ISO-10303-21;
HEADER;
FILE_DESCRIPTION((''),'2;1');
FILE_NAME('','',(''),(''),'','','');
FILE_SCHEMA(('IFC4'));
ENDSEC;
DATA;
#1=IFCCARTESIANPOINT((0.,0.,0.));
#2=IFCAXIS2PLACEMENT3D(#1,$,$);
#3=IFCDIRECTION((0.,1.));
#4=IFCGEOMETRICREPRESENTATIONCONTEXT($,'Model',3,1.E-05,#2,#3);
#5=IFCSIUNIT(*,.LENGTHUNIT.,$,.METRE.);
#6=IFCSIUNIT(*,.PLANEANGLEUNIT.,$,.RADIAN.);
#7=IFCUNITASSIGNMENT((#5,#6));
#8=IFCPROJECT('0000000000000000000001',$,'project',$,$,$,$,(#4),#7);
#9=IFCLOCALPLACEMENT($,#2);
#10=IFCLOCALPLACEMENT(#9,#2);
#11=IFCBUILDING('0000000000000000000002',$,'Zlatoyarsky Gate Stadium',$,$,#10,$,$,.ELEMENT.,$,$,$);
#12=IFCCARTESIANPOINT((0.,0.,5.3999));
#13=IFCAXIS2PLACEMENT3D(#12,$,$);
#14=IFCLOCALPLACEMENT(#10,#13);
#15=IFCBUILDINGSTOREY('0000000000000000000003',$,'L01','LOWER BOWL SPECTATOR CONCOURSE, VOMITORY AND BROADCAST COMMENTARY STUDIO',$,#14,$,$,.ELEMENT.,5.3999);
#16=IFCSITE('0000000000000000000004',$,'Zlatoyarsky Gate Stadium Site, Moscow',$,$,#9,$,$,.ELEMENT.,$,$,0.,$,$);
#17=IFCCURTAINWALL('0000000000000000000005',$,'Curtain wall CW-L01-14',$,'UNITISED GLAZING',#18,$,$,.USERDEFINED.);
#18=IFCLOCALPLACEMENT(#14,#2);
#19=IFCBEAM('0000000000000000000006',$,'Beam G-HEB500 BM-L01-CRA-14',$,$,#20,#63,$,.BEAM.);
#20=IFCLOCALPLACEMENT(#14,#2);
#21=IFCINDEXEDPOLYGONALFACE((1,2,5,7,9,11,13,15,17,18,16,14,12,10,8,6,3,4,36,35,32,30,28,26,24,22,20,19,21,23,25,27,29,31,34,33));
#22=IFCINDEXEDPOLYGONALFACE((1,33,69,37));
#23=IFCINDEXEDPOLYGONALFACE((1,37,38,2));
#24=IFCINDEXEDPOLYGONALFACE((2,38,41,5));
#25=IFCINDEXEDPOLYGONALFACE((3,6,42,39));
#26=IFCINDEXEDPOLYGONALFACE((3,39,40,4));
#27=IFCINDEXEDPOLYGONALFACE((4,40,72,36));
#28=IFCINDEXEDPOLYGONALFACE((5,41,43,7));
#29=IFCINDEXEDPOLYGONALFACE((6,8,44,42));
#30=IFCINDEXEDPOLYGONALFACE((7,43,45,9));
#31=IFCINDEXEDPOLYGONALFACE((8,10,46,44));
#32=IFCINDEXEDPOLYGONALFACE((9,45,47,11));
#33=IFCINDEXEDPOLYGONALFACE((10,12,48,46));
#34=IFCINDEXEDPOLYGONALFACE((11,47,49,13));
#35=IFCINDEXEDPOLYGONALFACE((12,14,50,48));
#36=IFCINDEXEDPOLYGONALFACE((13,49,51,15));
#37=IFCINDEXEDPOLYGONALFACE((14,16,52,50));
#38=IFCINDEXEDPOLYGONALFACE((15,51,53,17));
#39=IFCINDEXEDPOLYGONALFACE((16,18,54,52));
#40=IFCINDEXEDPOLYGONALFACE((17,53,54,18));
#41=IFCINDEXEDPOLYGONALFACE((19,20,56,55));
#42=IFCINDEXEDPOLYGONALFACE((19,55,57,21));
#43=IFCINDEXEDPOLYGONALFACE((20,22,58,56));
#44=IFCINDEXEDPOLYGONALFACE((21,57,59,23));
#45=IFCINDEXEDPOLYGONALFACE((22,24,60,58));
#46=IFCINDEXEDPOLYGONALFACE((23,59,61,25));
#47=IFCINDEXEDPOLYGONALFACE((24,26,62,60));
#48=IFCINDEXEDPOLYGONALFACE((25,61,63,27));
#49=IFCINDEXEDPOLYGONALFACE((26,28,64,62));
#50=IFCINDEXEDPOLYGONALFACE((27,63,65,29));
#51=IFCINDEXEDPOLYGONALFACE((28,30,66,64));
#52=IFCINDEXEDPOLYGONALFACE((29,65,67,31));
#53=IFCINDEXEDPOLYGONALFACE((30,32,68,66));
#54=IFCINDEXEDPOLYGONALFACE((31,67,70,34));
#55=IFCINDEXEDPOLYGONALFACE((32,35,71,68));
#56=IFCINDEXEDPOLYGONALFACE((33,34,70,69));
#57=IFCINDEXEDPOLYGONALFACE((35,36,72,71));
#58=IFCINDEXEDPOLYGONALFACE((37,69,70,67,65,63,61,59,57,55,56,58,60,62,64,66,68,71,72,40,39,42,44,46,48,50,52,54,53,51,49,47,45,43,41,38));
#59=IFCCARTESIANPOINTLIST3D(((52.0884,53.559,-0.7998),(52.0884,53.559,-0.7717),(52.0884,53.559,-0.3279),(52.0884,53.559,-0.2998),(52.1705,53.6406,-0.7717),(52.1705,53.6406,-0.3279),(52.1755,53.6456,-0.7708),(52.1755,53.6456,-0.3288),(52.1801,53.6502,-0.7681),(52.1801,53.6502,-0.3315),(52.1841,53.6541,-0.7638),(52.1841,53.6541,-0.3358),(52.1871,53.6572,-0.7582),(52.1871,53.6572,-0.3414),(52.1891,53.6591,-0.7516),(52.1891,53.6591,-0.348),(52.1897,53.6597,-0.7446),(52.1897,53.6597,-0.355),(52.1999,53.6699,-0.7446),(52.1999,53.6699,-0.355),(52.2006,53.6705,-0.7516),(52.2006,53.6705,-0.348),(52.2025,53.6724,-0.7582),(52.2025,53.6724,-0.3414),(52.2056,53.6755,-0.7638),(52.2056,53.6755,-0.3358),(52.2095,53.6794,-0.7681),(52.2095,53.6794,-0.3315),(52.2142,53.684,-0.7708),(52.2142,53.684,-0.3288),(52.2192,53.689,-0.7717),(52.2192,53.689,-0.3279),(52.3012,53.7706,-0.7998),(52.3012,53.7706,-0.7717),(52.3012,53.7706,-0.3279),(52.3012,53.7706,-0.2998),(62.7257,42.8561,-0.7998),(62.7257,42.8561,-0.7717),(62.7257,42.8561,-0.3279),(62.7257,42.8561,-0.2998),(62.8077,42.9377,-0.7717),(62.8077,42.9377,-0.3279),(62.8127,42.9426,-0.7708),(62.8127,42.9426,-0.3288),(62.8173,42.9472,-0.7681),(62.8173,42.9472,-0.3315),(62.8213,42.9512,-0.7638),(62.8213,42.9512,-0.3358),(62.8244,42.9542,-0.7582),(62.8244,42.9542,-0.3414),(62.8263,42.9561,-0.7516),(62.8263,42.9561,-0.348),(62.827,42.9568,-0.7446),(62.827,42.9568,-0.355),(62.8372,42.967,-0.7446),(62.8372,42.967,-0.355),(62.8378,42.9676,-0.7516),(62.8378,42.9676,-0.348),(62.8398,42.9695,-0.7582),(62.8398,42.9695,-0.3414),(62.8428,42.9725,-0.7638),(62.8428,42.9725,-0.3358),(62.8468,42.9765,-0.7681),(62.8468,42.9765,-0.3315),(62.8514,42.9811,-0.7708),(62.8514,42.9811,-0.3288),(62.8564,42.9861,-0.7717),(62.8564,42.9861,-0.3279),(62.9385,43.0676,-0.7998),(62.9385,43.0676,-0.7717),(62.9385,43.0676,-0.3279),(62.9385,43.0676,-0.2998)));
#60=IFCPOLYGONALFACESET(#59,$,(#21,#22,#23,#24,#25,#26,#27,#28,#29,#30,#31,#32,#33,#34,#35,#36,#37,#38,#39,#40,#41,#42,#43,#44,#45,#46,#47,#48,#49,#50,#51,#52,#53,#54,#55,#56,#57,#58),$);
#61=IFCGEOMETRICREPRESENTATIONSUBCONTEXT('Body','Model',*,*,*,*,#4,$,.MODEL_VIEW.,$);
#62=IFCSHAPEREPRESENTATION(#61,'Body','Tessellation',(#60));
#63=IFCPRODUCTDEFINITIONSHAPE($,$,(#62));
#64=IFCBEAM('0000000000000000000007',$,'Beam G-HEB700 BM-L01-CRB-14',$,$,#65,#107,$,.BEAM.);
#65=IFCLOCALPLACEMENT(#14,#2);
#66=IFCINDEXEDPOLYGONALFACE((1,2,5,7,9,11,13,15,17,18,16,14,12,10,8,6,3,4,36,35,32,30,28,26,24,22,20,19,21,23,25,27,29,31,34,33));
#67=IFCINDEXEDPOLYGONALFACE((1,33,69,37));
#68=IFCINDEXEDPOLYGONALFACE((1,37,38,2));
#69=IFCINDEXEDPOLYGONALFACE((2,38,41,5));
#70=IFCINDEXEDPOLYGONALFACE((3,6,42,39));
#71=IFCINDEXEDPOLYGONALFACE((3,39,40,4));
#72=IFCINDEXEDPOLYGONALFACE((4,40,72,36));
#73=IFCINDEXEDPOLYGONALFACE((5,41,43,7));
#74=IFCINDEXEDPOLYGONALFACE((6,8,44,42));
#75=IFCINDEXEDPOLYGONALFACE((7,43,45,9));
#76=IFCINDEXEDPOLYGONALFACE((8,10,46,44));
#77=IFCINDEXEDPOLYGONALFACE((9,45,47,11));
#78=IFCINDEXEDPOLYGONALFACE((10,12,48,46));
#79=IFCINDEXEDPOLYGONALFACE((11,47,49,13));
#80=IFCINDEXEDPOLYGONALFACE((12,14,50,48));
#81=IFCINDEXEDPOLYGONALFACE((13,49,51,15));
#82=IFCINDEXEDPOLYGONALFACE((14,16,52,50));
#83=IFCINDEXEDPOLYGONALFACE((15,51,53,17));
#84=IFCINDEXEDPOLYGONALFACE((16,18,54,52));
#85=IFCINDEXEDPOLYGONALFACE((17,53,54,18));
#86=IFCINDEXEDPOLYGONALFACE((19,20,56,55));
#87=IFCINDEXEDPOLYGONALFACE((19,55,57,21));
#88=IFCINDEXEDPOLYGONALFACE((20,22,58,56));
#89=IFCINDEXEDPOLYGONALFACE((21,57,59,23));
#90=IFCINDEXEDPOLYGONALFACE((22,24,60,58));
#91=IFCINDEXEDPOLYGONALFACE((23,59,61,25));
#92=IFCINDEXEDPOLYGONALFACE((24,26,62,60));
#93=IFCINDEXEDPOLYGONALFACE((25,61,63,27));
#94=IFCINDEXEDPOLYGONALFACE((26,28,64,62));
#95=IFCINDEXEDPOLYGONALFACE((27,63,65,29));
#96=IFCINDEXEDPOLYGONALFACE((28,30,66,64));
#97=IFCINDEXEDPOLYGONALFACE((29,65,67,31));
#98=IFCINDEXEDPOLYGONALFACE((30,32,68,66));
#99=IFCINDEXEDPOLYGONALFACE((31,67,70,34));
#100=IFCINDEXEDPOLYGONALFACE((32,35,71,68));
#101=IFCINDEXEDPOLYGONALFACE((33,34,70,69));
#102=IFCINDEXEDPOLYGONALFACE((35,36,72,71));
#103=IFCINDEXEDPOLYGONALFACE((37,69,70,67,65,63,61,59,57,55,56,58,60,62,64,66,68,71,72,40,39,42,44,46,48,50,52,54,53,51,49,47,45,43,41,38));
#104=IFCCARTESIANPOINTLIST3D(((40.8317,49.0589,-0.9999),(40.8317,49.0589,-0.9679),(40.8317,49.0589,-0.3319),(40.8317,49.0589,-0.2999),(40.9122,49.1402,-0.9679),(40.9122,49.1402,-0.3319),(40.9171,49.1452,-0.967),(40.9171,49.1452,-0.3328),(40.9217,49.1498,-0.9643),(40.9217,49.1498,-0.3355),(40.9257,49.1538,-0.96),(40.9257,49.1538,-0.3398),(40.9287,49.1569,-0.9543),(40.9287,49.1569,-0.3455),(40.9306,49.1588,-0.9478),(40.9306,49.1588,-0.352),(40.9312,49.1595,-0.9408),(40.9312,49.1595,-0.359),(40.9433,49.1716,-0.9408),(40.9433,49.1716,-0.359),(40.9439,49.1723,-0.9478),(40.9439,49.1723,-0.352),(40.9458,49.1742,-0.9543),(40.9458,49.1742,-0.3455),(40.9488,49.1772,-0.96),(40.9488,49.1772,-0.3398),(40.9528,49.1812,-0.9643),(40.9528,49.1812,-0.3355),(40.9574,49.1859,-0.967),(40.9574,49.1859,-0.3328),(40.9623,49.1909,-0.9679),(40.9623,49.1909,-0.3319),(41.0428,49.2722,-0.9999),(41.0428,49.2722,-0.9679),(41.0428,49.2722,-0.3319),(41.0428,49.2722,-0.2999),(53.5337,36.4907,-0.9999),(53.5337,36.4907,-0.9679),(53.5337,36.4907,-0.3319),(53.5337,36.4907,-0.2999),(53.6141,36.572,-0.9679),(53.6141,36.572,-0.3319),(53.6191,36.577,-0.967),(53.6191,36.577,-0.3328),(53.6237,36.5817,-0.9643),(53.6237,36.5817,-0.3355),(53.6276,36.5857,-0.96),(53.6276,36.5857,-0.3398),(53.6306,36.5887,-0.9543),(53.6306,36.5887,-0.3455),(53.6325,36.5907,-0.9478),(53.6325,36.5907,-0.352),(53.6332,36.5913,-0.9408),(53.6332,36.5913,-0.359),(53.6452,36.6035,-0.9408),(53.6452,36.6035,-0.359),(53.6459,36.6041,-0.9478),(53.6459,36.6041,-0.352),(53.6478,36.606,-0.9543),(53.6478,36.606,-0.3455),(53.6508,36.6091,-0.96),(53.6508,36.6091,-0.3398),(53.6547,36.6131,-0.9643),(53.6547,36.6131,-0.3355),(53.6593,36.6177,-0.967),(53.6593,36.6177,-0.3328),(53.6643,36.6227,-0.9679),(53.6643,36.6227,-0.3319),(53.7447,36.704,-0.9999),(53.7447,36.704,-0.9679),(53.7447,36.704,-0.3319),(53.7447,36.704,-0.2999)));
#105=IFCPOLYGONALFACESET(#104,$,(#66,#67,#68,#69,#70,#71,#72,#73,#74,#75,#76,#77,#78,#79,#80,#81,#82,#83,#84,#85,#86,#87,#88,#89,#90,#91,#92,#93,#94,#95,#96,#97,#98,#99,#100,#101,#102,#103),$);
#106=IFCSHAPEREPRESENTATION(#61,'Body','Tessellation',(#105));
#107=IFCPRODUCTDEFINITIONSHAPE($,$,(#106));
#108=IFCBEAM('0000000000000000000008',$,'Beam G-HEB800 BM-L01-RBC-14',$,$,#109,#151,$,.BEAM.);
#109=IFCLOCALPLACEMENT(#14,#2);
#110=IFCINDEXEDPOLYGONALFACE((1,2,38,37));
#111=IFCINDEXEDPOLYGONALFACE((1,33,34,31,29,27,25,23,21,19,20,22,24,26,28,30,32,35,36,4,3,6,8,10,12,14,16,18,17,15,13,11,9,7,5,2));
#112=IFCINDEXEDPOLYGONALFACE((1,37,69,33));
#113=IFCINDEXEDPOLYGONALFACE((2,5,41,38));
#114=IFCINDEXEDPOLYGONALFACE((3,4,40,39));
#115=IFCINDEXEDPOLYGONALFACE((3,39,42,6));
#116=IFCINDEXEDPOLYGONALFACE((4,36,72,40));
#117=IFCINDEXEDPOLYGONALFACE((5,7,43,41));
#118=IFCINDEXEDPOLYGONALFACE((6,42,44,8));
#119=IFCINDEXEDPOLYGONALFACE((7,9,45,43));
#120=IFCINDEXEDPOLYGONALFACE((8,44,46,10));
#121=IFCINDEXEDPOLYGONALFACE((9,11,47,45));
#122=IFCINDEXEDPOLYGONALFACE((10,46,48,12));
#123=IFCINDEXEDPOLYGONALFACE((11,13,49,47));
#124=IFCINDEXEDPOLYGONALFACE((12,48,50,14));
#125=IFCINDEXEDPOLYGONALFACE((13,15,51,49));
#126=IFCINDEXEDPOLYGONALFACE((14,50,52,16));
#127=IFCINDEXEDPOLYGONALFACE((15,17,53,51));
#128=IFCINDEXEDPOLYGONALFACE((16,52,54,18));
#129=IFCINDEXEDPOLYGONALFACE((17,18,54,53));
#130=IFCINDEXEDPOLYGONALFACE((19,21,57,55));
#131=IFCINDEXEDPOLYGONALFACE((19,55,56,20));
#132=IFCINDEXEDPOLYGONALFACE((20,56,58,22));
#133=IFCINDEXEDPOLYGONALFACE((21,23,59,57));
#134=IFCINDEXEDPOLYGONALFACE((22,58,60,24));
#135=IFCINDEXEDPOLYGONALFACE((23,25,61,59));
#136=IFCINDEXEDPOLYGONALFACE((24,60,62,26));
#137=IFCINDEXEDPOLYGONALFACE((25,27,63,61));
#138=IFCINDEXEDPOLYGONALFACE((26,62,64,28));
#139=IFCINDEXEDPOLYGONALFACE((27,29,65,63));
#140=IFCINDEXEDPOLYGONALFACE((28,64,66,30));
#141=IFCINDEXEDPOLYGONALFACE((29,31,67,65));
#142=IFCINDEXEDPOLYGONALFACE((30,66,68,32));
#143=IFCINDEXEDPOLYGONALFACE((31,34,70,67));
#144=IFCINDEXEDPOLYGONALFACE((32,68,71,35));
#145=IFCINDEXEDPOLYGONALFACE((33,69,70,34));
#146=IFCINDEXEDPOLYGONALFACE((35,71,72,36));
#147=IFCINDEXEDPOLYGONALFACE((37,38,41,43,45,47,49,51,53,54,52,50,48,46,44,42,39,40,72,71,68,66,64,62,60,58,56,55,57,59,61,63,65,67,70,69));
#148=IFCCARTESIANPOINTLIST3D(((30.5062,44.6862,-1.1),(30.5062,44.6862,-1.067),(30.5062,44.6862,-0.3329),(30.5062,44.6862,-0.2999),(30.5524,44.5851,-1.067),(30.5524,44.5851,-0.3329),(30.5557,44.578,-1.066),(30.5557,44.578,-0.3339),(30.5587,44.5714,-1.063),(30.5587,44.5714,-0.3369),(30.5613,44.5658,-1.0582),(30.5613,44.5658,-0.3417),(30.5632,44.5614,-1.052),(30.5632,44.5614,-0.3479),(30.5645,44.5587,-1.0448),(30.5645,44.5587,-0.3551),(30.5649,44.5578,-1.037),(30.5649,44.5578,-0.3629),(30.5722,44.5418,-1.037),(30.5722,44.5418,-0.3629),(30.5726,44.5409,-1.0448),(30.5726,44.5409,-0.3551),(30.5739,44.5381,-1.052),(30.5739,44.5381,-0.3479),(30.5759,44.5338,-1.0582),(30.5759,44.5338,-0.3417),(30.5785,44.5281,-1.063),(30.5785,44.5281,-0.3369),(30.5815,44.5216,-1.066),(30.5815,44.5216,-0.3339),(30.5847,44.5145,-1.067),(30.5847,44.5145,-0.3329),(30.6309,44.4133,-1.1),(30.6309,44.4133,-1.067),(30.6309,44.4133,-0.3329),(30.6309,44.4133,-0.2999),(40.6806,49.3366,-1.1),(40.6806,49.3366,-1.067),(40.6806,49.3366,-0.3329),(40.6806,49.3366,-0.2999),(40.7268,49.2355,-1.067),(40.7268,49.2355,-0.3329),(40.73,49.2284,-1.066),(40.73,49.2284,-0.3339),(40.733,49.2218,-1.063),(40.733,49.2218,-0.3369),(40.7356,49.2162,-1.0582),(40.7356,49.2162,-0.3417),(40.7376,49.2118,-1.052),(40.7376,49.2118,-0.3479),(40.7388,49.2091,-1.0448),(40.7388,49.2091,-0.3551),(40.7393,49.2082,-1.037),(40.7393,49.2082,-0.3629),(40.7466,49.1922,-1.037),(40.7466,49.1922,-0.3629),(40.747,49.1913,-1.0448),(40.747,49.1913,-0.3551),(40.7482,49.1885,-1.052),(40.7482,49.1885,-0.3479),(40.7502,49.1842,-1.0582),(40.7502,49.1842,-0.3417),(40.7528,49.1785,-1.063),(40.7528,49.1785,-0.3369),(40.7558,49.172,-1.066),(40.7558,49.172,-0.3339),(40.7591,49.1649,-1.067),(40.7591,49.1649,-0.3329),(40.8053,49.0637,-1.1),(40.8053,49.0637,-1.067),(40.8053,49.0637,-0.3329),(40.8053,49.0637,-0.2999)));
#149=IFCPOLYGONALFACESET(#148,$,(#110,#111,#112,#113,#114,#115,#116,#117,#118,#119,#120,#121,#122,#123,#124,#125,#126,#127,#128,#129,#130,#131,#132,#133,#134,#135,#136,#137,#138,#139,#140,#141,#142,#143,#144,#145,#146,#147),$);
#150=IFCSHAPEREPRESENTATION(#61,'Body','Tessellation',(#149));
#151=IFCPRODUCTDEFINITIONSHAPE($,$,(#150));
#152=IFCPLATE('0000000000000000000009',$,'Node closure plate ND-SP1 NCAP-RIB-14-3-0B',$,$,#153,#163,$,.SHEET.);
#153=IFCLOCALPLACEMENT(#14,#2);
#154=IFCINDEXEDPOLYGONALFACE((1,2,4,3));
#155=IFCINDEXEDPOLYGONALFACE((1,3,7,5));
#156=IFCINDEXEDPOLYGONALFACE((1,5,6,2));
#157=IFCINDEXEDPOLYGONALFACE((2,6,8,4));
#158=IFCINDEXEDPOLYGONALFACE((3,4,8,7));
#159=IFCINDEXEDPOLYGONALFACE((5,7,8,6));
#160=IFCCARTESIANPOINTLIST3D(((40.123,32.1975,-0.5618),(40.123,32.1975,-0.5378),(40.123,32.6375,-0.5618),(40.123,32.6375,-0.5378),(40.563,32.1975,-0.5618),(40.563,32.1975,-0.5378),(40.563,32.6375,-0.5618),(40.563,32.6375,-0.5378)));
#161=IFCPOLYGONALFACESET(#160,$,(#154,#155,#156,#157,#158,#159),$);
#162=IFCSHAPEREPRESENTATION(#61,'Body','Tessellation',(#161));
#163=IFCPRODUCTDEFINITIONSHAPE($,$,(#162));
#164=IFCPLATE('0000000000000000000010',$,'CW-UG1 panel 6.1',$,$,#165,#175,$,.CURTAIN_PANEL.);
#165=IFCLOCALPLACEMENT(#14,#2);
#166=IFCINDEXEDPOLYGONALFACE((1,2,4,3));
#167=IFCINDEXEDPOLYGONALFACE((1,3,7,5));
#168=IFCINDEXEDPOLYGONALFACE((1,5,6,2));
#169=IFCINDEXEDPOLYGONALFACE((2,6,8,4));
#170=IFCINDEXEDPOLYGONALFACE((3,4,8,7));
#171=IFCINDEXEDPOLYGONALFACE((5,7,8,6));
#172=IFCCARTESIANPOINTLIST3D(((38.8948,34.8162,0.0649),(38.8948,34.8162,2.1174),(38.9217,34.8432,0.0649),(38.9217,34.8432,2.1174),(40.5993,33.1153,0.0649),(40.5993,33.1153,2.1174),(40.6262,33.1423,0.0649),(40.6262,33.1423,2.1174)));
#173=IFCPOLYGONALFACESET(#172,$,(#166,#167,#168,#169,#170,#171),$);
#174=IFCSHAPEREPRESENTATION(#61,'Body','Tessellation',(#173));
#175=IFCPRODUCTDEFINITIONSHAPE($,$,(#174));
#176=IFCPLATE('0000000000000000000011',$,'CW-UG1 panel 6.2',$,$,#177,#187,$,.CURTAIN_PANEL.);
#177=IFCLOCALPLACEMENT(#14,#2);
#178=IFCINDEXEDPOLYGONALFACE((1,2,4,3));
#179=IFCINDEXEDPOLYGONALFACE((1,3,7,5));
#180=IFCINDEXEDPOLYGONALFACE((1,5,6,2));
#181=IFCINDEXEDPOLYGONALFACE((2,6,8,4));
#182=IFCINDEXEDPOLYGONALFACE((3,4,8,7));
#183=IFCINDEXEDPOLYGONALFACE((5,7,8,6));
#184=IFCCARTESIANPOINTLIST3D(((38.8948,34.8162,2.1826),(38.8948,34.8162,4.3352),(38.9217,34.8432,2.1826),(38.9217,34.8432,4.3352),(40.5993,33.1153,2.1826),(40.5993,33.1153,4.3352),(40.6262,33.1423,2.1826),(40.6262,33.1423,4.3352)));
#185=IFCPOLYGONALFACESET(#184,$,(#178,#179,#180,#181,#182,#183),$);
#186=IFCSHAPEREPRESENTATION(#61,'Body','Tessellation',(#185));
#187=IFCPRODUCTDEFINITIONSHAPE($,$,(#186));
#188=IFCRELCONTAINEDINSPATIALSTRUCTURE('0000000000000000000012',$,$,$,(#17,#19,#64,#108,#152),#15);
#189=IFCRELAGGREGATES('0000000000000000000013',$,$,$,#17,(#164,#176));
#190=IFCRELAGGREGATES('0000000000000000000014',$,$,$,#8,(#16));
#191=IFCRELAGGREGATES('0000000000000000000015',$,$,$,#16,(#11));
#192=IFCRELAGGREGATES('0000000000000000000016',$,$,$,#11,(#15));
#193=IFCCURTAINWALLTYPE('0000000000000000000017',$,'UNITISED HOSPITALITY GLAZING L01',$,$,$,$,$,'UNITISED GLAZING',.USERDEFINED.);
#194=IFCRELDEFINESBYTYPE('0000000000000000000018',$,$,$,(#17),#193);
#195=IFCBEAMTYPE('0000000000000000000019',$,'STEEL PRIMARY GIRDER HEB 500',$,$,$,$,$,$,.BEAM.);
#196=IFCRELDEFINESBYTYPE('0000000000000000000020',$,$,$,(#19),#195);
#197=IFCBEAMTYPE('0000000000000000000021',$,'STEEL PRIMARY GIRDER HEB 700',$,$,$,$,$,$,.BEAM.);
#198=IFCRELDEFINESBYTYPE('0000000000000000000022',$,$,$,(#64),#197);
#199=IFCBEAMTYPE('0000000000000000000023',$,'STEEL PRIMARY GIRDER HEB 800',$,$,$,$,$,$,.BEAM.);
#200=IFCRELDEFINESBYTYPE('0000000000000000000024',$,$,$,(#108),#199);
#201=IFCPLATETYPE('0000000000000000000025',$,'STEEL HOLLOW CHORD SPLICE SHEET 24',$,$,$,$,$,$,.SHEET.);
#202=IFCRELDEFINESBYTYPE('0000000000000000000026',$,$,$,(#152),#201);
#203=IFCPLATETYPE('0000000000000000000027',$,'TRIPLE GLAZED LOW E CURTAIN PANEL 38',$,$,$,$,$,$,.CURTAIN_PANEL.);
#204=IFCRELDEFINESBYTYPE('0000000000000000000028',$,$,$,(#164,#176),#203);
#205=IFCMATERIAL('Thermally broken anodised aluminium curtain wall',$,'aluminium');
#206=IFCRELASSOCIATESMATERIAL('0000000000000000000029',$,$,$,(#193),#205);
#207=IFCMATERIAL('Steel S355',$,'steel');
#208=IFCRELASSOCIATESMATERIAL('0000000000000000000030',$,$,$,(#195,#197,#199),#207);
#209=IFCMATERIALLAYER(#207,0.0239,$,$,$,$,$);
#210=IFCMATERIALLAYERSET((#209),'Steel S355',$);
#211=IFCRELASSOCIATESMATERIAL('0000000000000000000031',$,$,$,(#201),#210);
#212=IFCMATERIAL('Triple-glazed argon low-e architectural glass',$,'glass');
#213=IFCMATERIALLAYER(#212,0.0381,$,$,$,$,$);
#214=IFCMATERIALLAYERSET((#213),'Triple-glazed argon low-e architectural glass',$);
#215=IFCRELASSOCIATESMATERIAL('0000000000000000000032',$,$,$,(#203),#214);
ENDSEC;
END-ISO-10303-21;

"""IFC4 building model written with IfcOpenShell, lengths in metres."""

from ifc_helpers import new_model, si_unit, direction, frame, origin, origin_2d, place, context, subcontext, project, spatial, rectangle, i_section, extrude, material, layer, layer_set, material_profile, profile_set, type_object, element, aggregate, save


model = new_model("IFC4")

# Units and contexts
model_context = context("Model", 3, precision=1e-05, world=origin(), true_north=direction((0.0, 1.0)))
body_context = subcontext(model_context, "Body", "Model", "MODEL_VIEW")
ifc_project = project(units=[si_unit("LENGTHUNIT", "METRE"), si_unit("PLANEANGLEUNIT", "RADIAN")], contexts=[model_context])

# Site, building, storey
site_placement = place(None, origin())
site = spatial("IfcSite", under=ifc_project, at=site_placement, Name="Zlatoyarsky Gate Stadium Site, Moscow", CompositionType="ELEMENT", RefElevation=0.0)
building_placement = place(site_placement, origin())
building = spatial("IfcBuilding", under=site, at=building_placement, Name="Zlatoyarsky Gate Stadium", CompositionType="ELEMENT")
storey_placement = place(building_placement, frame((0.0, 0.0, 5.3999)))
storey = spatial("IfcBuildingStorey", under=building, at=storey_placement, Name="L01", Description="LOWER BOWL SPECTATOR CONCOURSE, VOMITORY AND BROADCAST COMMENTARY STUDIO", CompositionType="ELEMENT", Elevation=5.3999)

# Curtain wall
ifc_material_1 = material(Name="Thermally broken anodised aluminium curtain wall", Category="aluminium")
curtain_wall_type = type_object("IfcCurtainWallType", Name="UNITISED HOSPITALITY GLAZING L01", ElementType="UNITISED GLAZING", PredefinedType="USERDEFINED", material=ifc_material_1)
curtain_wall_placement = place(storey_placement, origin())
curtain_wall = element("IfcCurtainWall", 1, at=curtain_wall_placement, inside=storey, type_object=curtain_wall_type, Name="Curtain wall CW-L01-14", ObjectType="UNITISED GLAZING", PredefinedType="USERDEFINED")

# Shared definitions
ifc_material_2 = material(Name="Steel S355", Category="steel")

# Beams
ifc_material_profile_1 = material_profile(ifc_material_2, i_section(OverallWidth=0.3, OverallDepth=0.5, WebThickness=0.0144, FlangeThickness=0.0281, FilletRadius=0.0271, at=origin_2d()), Name="HEB 500")
ifc_profile_set_1 = profile_set([ifc_material_profile_1], Name="Steel S355")
beam_type_1 = type_object("IfcBeamType", Name="STEEL PRIMARY GIRDER HEB 500", PredefinedType="BEAM", material=ifc_profile_set_1)
beam_1_placement = place(storey_placement, frame((52.1948, 53.6648, -0.5498), z_axis=(0.704927, -0.70928, 0.0), x_axis=(0.70928, 0.704927, 0.0)))
element("IfcBeam", 2, at=beam_1_placement, inside=storey, type_object=beam_type_1, Name="Beam G-HEB500 BM-L01-CRA-14", PredefinedType="BEAM", context=body_context, shape_type="SweptSolid", body=[
    extrude(i_section(OverallWidth=0.3, OverallDepth=0.5, WebThickness=0.0144, FlangeThickness=0.0281, FilletRadius=0.0271, at=origin_2d()), origin(), (0.0, 0.0, 1.0), 15.0898),
])
ifc_material_profile_2 = material_profile(ifc_material_2, i_section(OverallWidth=0.3, OverallDepth=0.7, WebThickness=0.0171, FlangeThickness=0.032, FilletRadius=0.0271, at=origin_2d()), Name="HEB 700")
ifc_profile_set_2 = profile_set([ifc_material_profile_2], Name="Steel S355")
beam_type_2 = type_object("IfcBeamType", Name="STEEL PRIMARY GIRDER HEB 700", PredefinedType="BEAM", material=ifc_profile_set_2)
beam_2_placement = place(storey_placement, frame((40.9373, 49.1655, -0.6499), z_axis=(0.710841, -0.703353, 0.0), x_axis=(0.703353, 0.710841, 0.0)))
element("IfcBeam", 3, at=beam_2_placement, inside=storey, type_object=beam_type_2, Name="Beam G-HEB700 BM-L01-CRB-14", PredefinedType="BEAM", context=body_context, shape_type="SweptSolid", body=[
    extrude(i_section(OverallWidth=0.3, OverallDepth=0.7, WebThickness=0.0171, FlangeThickness=0.032, FilletRadius=0.0271, at=origin_2d()), origin(), (0.0, 0.0, 1.0), 17.8689),
])
ifc_material_profile_3 = material_profile(ifc_material_2, i_section(OverallWidth=0.3, OverallDepth=0.8, WebThickness=0.0176, FlangeThickness=0.033, FilletRadius=0.03, at=origin_2d()), Name="HEB 800")
ifc_profile_set_3 = profile_set([ifc_material_profile_3], Name="Steel S355")
beam_type_3 = type_object("IfcBeamType", Name="STEEL PRIMARY GIRDER HEB 800", PredefinedType="BEAM", material=ifc_profile_set_3)
beam_3_placement = place(storey_placement, frame((40.7429, 49.2002, -0.7), z_axis=(-0.909499, -0.415706, 0.0), x_axis=(0.415706, -0.909499, 0.0)))
element("IfcBeam", 4, at=beam_3_placement, inside=storey, type_object=beam_type_3, Name="Beam G-HEB800 BM-L01-RBC-14", PredefinedType="BEAM", context=body_context, shape_type="SweptSolid", body=[
    extrude(i_section(OverallWidth=0.3, OverallDepth=0.8, WebThickness=0.0176, FlangeThickness=0.033, FilletRadius=0.03, at=origin_2d()), origin(), (0.0, 0.0, 1.0), 11.1868),
])

# Plates
ifc_layer_1 = layer(ifc_material_2, 0.0239)
ifc_layer_set_1 = layer_set([ifc_layer_1], Name="Steel S355")
plate_type_1 = type_object("IfcPlateType", Name="STEEL HOLLOW CHORD SPLICE SHEET 24", PredefinedType="SHEET", material=ifc_layer_set_1)
plate_1_placement = place(storey_placement, frame((40.343, 32.4175, -0.5618), z_axis=(0.0, 0.0, 1.0), x_axis=(1.0, 0.0, 0.0)))
element("IfcPlate", 5, at=plate_1_placement, inside=storey, type_object=plate_type_1, Name="Node closure plate ND-SP1 NCAP-RIB-14-3-0B", PredefinedType="SHEET", context=body_context, shape_type="SweptSolid", body=[
    extrude(rectangle(XDim=0.4399, YDim=0.4399, at=origin_2d()), origin(), (0.0, 0.0, 1.0), 0.0239),
])
ifc_material_3 = material(Name="Triple-glazed argon low-e architectural glass", Category="glass")
ifc_layer_2 = layer(ifc_material_3, 0.0381)
ifc_layer_set_2 = layer_set([ifc_layer_2], Name="Triple-glazed argon low-e architectural glass")
plate_type_2 = type_object("IfcPlateType", Name="TRIPLE GLAZED LOW E CURTAIN PANEL 38", PredefinedType="CURTAIN_PANEL", material=ifc_layer_set_2)
plate_2_placement = place(storey_placement, frame((39.7605, 33.9792, 0.0649), z_axis=(0.0, 0.0, 1.0), x_axis=(0.707839, -0.706373, 0.0)))
plate_2 = element("IfcPlate", 6, at=plate_2_placement, type_object=plate_type_2, Name="CW-UG1 panel 6.1", PredefinedType="CURTAIN_PANEL", context=body_context, shape_type="SweptSolid", body=[
    extrude(rectangle(XDim=2.408, YDim=0.0381, at=origin_2d()), origin(), (0.0, 0.0, 1.0), 2.0525),
])
plate_3_placement = place(storey_placement, frame((39.7605, 33.9792, 2.1826), z_axis=(0.0, 0.0, 1.0), x_axis=(0.707839, -0.706373, 0.0)))
plate_3 = element("IfcPlate", 7, at=plate_3_placement, type_object=plate_type_2, Name="CW-UG1 panel 6.2", PredefinedType="CURTAIN_PANEL", context=body_context, shape_type="SweptSolid", body=[
    extrude(rectangle(XDim=2.408, YDim=0.0381, at=origin_2d()), origin(), (0.0, 0.0, 1.0), 2.1526),
])
aggregate(curtain_wall, [plate_2, plate_3])

save(model, "model.ifc")
